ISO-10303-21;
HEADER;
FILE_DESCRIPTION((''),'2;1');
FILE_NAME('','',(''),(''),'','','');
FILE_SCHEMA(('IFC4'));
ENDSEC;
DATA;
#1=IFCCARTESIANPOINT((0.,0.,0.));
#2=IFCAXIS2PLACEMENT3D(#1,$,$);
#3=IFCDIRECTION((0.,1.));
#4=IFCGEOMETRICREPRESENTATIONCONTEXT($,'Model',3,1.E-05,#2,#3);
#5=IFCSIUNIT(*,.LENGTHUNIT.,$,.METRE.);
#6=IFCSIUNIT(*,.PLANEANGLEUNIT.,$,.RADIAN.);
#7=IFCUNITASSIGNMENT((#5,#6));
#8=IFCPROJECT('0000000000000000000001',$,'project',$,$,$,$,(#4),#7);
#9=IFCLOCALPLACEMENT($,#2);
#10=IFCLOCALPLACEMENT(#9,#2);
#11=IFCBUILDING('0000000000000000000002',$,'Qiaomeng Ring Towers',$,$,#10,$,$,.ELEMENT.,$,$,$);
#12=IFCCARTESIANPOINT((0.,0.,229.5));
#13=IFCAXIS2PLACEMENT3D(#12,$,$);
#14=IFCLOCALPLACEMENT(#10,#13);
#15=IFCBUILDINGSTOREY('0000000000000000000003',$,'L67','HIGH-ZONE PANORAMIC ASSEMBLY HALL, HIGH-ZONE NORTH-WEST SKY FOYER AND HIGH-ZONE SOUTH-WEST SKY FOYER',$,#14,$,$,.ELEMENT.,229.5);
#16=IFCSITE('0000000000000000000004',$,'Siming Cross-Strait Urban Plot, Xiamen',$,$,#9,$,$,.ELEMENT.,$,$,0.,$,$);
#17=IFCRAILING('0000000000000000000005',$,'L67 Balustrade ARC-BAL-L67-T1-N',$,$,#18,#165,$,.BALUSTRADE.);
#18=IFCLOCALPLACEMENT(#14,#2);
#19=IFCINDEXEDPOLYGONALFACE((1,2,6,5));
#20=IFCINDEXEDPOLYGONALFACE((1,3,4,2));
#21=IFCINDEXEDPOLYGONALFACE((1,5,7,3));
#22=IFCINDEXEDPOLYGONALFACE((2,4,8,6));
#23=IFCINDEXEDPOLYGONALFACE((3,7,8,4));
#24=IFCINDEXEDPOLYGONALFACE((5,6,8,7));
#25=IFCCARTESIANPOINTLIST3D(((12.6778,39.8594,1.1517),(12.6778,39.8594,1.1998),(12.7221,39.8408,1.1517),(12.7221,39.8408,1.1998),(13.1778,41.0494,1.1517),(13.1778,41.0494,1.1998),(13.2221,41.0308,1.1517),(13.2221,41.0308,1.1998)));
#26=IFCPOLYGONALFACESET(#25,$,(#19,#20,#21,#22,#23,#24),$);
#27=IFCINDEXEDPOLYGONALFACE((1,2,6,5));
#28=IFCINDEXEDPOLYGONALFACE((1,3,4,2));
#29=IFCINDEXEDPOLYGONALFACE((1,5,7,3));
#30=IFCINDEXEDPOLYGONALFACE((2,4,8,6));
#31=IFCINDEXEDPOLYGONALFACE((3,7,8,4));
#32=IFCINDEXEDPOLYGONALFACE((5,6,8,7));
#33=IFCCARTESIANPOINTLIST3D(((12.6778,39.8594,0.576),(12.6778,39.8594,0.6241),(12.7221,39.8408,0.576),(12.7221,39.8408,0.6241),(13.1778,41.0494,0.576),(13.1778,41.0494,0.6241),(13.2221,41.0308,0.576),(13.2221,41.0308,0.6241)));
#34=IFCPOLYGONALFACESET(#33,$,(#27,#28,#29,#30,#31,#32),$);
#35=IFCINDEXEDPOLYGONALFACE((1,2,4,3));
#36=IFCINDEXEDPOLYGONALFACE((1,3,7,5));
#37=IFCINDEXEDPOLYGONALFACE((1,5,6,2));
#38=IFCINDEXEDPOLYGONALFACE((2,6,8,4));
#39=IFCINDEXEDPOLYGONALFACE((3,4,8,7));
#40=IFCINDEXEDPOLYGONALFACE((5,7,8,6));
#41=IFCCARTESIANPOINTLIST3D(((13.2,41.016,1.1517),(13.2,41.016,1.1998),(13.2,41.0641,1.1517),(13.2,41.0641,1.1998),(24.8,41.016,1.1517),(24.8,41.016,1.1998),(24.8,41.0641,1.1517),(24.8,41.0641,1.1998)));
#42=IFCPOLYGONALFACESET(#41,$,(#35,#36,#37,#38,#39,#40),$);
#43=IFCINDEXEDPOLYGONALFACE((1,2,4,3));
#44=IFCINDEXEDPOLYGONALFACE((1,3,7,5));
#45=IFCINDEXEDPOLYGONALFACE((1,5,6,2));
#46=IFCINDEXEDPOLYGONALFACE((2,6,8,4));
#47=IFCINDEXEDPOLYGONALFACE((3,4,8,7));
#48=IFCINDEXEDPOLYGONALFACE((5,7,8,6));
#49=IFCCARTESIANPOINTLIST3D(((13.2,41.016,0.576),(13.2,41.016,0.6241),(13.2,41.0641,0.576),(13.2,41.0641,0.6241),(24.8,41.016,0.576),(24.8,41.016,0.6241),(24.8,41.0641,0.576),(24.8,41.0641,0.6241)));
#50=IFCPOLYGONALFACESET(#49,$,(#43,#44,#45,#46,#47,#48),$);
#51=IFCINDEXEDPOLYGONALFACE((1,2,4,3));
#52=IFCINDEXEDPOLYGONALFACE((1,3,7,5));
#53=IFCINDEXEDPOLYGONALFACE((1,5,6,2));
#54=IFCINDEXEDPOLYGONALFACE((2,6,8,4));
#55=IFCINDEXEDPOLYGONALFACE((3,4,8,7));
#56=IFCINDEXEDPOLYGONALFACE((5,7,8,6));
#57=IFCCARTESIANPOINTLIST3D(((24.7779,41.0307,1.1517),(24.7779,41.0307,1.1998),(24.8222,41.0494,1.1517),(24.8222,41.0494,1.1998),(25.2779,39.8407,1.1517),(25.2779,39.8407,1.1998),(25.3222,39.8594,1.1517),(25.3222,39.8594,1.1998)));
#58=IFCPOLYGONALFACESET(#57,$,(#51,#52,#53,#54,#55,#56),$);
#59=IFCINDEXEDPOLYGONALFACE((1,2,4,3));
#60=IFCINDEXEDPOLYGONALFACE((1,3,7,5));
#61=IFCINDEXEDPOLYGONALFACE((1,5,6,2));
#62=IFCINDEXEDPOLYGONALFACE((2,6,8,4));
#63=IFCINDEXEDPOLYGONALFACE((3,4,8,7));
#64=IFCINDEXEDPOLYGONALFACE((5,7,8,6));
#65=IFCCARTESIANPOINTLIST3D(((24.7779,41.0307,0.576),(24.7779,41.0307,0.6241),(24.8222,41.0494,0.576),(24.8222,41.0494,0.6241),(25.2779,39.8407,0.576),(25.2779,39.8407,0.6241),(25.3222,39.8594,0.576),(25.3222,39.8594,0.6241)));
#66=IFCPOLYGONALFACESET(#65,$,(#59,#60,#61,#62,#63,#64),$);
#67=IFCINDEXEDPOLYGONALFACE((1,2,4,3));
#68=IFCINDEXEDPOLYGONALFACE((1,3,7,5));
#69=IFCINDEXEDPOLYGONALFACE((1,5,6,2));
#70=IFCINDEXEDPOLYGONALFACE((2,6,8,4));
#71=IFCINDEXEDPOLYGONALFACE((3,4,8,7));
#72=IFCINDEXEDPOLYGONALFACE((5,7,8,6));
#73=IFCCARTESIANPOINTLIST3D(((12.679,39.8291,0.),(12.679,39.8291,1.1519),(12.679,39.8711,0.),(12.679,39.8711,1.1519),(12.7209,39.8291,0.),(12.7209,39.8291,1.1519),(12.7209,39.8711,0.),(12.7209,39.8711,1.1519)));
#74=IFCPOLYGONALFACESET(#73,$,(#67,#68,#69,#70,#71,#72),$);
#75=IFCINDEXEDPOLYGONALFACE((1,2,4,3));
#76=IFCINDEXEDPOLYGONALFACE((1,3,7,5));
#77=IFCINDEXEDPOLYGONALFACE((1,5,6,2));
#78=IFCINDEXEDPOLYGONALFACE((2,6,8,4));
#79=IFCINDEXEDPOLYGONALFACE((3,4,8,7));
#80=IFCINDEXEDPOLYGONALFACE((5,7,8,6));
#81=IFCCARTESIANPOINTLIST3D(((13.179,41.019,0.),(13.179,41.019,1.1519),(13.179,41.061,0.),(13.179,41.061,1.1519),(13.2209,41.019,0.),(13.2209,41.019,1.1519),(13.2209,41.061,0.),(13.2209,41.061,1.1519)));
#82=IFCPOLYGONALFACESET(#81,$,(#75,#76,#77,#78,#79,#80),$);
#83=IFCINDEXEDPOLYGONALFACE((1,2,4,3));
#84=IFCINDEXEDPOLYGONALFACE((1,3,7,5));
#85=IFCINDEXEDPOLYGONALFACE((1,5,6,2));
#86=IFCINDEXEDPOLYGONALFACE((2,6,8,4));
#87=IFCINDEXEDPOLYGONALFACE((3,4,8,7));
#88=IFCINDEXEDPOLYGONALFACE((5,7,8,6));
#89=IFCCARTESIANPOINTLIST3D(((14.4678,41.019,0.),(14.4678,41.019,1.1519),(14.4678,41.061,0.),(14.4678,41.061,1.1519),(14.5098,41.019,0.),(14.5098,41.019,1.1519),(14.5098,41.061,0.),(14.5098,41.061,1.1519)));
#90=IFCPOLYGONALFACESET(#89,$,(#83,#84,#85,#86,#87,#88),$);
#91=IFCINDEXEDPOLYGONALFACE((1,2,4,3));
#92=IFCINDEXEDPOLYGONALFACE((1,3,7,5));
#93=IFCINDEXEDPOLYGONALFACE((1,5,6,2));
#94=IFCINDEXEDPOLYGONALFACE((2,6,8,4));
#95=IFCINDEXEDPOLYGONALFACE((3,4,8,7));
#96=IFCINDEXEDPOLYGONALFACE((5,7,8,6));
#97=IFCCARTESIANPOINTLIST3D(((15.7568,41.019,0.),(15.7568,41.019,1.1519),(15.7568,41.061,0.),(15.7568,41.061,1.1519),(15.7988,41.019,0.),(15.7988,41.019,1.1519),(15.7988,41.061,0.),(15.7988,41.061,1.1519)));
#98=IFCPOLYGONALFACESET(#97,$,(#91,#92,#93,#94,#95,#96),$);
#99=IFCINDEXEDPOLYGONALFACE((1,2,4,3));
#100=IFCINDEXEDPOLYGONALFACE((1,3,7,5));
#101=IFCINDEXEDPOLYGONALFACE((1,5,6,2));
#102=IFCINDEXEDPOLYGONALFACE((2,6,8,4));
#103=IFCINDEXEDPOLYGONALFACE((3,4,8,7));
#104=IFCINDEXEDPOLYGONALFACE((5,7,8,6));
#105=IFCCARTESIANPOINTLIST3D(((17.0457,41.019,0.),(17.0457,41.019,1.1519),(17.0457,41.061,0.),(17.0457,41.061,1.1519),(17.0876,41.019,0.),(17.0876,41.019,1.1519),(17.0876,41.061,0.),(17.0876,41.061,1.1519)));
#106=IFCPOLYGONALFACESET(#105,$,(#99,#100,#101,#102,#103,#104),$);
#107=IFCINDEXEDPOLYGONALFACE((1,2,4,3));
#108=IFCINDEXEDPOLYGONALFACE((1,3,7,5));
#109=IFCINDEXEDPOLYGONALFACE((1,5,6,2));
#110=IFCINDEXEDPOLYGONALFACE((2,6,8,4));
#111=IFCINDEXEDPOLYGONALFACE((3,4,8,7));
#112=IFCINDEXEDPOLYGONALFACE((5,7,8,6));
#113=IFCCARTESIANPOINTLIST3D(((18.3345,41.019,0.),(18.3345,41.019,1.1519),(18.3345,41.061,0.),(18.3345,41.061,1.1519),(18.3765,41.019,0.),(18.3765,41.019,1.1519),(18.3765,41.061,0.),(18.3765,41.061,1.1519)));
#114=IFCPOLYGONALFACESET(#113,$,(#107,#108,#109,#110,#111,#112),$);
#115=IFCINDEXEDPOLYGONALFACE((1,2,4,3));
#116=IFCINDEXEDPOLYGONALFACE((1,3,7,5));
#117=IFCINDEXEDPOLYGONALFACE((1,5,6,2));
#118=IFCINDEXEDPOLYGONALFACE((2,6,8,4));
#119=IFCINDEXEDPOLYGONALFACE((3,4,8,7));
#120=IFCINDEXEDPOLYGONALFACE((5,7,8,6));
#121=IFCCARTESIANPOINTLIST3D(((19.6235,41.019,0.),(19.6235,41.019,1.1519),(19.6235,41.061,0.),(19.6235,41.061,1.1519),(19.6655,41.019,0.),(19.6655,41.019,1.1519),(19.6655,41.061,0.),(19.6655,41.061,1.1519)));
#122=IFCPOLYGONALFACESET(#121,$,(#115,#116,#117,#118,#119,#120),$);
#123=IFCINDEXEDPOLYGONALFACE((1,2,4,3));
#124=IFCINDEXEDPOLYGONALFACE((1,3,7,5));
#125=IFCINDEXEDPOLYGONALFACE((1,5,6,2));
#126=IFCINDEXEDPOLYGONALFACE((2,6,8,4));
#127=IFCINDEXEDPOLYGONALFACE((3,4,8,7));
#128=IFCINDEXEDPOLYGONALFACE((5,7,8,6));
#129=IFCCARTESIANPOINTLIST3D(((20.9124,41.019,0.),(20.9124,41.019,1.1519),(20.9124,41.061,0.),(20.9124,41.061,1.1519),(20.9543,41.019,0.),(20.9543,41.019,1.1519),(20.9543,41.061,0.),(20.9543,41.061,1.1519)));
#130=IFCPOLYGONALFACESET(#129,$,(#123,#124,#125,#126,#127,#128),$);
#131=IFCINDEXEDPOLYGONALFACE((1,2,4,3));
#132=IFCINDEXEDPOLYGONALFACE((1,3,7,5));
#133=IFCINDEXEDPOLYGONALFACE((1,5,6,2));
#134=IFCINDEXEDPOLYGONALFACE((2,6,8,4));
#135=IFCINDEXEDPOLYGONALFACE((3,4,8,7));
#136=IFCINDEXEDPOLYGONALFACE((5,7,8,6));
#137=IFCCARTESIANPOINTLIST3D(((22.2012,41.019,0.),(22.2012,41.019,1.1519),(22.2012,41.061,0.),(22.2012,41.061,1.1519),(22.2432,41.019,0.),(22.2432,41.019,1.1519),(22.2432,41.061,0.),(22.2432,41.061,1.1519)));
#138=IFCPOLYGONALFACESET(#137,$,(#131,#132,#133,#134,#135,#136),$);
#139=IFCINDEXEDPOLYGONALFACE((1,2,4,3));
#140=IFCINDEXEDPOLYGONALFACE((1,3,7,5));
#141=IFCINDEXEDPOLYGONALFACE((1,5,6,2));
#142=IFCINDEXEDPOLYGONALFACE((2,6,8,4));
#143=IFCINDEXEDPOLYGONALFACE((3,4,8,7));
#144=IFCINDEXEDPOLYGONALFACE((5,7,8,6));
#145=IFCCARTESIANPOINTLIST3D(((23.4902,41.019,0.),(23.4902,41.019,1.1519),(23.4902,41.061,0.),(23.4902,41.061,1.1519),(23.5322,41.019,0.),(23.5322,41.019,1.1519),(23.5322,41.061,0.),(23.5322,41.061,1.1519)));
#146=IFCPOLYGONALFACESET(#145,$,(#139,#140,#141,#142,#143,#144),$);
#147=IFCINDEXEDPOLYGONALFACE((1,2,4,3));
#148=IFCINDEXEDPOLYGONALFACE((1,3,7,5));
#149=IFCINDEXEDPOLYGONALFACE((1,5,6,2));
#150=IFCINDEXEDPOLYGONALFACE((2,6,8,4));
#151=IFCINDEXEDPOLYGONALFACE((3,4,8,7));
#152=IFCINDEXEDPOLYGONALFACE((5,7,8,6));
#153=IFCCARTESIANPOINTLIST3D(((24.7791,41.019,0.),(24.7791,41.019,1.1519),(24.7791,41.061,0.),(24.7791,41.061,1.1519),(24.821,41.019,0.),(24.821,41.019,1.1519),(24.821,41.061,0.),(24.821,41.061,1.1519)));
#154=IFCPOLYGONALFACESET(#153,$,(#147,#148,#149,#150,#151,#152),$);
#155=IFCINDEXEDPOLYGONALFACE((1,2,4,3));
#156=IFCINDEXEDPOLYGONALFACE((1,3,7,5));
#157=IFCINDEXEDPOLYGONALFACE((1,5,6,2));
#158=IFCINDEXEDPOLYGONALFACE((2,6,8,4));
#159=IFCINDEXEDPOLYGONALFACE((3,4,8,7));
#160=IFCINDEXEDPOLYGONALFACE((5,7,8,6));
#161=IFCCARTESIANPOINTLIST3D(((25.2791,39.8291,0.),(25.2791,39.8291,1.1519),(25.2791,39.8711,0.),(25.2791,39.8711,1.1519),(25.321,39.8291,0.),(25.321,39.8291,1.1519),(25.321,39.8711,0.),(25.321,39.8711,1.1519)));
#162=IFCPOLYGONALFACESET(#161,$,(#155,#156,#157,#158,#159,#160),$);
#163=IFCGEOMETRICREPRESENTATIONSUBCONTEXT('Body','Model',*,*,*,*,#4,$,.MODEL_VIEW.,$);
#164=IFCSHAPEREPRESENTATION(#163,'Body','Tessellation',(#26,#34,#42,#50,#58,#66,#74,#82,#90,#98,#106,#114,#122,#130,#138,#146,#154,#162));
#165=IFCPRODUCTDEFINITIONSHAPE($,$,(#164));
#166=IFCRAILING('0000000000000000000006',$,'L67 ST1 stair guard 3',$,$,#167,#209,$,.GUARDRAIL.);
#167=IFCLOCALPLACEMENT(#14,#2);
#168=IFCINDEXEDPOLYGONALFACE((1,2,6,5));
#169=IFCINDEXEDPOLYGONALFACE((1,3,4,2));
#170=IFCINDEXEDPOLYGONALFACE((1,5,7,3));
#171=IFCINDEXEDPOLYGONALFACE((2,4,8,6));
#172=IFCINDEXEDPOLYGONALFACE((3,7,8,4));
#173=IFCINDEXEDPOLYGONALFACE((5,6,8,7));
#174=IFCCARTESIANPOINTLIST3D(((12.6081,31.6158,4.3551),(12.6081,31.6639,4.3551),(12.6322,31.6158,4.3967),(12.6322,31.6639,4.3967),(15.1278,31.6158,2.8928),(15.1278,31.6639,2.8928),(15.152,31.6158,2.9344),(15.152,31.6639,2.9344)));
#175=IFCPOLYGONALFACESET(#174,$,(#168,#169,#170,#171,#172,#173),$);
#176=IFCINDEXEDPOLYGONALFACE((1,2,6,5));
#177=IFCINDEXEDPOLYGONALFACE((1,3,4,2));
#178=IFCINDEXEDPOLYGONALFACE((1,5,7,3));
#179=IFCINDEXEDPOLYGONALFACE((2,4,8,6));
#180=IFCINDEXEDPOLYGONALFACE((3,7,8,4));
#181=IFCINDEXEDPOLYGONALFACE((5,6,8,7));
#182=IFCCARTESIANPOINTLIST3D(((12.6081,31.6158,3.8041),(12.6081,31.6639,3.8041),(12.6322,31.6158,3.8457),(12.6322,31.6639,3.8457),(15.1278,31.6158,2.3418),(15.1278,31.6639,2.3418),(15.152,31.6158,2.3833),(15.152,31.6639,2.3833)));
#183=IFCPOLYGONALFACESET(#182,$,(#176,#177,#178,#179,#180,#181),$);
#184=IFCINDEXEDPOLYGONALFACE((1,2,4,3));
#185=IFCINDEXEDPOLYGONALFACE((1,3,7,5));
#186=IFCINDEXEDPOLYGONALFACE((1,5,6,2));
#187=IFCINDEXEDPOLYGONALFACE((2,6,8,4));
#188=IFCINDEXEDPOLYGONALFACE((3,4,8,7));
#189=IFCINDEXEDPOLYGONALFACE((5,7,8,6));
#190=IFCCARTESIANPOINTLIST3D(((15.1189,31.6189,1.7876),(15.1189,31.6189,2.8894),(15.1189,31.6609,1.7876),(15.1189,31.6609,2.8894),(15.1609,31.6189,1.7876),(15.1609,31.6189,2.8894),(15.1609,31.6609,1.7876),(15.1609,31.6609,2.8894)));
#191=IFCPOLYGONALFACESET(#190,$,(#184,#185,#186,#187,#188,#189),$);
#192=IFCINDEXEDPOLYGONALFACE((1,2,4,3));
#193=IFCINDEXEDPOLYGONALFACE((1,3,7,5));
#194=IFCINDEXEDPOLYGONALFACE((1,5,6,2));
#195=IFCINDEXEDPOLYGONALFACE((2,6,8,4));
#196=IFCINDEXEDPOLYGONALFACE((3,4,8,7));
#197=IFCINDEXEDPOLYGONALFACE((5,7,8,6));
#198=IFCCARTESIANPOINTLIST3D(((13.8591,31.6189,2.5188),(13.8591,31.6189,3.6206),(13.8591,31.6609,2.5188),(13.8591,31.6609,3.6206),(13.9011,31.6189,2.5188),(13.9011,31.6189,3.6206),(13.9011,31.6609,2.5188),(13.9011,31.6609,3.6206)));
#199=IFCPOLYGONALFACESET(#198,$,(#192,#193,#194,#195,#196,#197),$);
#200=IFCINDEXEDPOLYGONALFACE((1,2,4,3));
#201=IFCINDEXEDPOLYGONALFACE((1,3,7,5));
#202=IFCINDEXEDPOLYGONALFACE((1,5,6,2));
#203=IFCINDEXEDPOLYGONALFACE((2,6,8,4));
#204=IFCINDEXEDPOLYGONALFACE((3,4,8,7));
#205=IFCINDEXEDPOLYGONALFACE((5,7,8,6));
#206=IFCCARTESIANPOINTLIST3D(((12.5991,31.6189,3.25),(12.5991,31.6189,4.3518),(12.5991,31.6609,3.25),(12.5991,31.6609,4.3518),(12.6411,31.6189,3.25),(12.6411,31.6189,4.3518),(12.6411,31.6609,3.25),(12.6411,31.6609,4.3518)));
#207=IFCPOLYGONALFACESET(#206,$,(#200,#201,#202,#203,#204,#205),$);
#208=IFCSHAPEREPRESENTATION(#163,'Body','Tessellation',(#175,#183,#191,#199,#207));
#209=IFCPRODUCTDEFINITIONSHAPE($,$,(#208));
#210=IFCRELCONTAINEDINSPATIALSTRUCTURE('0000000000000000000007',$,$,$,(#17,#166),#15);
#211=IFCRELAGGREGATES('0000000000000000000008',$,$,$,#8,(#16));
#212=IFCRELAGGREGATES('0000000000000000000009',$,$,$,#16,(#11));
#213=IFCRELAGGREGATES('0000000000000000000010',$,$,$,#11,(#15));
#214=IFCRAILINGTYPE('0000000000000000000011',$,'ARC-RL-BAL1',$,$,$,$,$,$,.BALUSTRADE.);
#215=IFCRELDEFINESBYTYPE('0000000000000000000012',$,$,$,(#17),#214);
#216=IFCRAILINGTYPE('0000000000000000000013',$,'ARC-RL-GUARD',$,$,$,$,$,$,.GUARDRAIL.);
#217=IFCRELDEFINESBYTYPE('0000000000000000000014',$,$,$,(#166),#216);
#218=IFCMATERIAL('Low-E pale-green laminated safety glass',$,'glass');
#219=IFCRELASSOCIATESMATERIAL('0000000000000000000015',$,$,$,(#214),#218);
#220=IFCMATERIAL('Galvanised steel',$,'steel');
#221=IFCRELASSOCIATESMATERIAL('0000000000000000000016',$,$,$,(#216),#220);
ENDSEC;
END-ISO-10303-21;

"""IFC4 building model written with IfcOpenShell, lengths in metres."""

from ifc_helpers import new_model, si_unit, direction, frame, origin, origin_2d, place, context, subcontext, project, spatial, rectangle, extrude, material, type_object, element, save


model = new_model("IFC4")

# Units and contexts
model_context = context("Model", 3, precision=1e-05, world=origin(), true_north=direction((0.0, 1.0)))
body_context = subcontext(model_context, "Body", "Model", "MODEL_VIEW")
ifc_project = project(units=[si_unit("LENGTHUNIT", "METRE"), si_unit("PLANEANGLEUNIT", "RADIAN")], contexts=[model_context])

# Site, building, storey
site_placement = place(None, origin())
site = spatial("IfcSite", under=ifc_project, at=site_placement, Name="Siming Cross-Strait Urban Plot, Xiamen", CompositionType="ELEMENT", RefElevation=0.0)
building_placement = place(site_placement, origin())
building = spatial("IfcBuilding", under=site, at=building_placement, Name="Qiaomeng Ring Towers", CompositionType="ELEMENT")
storey_placement = place(building_placement, frame((0.0, 0.0, 229.5)))
storey = spatial("IfcBuildingStorey", under=building, at=storey_placement, Name="L67", Description="HIGH-ZONE PANORAMIC ASSEMBLY HALL, HIGH-ZONE NORTH-WEST SKY FOYER AND HIGH-ZONE SOUTH-WEST SKY FOYER", CompositionType="ELEMENT", Elevation=229.5)

# Shared definitions
ifc_material_1 = material(Name="Galvanised steel", Category="steel")

# Railings
ifc_material_2 = material(Name="Low-E pale-green laminated safety glass", Category="glass")
railing_type_1 = type_object("IfcRailingType", Name="ARC-RL-BAL1", PredefinedType="BALUSTRADE", material=ifc_material_2)
railing_1_placement = place(storey_placement, frame((12.7, 39.8501, 0.0)))
element("IfcRailing", 1, at=railing_1_placement, inside=storey, type_object=railing_type_1, Name="L67 Balustrade ARC-BAL-L67-T1-N", PredefinedType="BALUSTRADE", context=body_context, shape_type="SweptSolid", body=[
    extrude(rectangle(XDim=0.0481, YDim=0.0481, at=origin_2d()), frame((0.0, 0.0, 1.1758), z_axis=(0.38738, 0.92192, 0.0), x_axis=(-0.92192, 0.38738, 0.0)), (0.0, 0.0, 1.0), 1.2908),
    extrude(rectangle(XDim=0.0481, YDim=0.0481, at=origin_2d()), frame((0.0, 0.0, 0.6001), z_axis=(0.38738, 0.92192, 0.0), x_axis=(-0.92192, 0.38738, 0.0)), (0.0, 0.0, 1.0), 1.2908),
    extrude(rectangle(XDim=0.0481, YDim=0.0481, at=origin_2d()), frame((0.5, 1.1899, 1.1758), z_axis=(1.0, 0.0, 0.0), x_axis=(0.0, 1.0, 0.0)), (0.0, 0.0, 1.0), 11.6001),
    extrude(rectangle(XDim=0.0481, YDim=0.0481, at=origin_2d()), frame((0.5, 1.1899, 0.6001), z_axis=(1.0, 0.0, 0.0), x_axis=(0.0, 1.0, 0.0)), (0.0, 0.0, 1.0), 11.6001),
    extrude(rectangle(XDim=0.0481, YDim=0.0481, at=origin_2d()), frame((12.1001, 1.1899, 1.1758), z_axis=(0.38738, -0.92192, 0.0), x_axis=(0.92192, 0.38738, 0.0)), (0.0, 0.0, 1.0), 1.2908),
    extrude(rectangle(XDim=0.0481, YDim=0.0481, at=origin_2d()), frame((12.1001, 1.1899, 0.6001), z_axis=(0.38738, -0.92192, 0.0), x_axis=(0.92192, 0.38738, 0.0)), (0.0, 0.0, 1.0), 1.2908),
    extrude(rectangle(XDim=0.042, YDim=0.042, at=origin_2d()), origin(), (0.0, 0.0, 1.0), 1.1519),
    extrude(rectangle(XDim=0.042, YDim=0.042, at=origin_2d()), frame((0.5, 1.1899, 0.0)), (0.0, 0.0, 1.0), 1.1519),
    extrude(rectangle(XDim=0.042, YDim=0.042, at=origin_2d()), frame((1.7888, 1.1899, 0.0)), (0.0, 0.0, 1.0), 1.1519),
    extrude(rectangle(XDim=0.042, YDim=0.042, at=origin_2d()), frame((3.0779, 1.1899, 0.0)), (0.0, 0.0, 1.0), 1.1519),
    extrude(rectangle(XDim=0.042, YDim=0.042, at=origin_2d()), frame((4.3667, 1.1899, 0.0)), (0.0, 0.0, 1.0), 1.1519),
    extrude(rectangle(XDim=0.042, YDim=0.042, at=origin_2d()), frame((5.6555, 1.1899, 0.0)), (0.0, 0.0, 1.0), 1.1519),
    extrude(rectangle(XDim=0.042, YDim=0.042, at=origin_2d()), frame((6.9446, 1.1899, 0.0)), (0.0, 0.0, 1.0), 1.1519),
    extrude(rectangle(XDim=0.042, YDim=0.042, at=origin_2d()), frame((8.2334, 1.1899, 0.0)), (0.0, 0.0, 1.0), 1.1519),
    extrude(rectangle(XDim=0.042, YDim=0.042, at=origin_2d()), frame((9.5222, 1.1899, 0.0)), (0.0, 0.0, 1.0), 1.1519),
    extrude(rectangle(XDim=0.042, YDim=0.042, at=origin_2d()), frame((10.8113, 1.1899, 0.0)), (0.0, 0.0, 1.0), 1.1519),
    extrude(rectangle(XDim=0.042, YDim=0.042, at=origin_2d()), frame((12.1001, 1.1899, 0.0)), (0.0, 0.0, 1.0), 1.1519),
    extrude(rectangle(XDim=0.042, YDim=0.042, at=origin_2d()), frame((12.6001, 0.0, 0.0)), (0.0, 0.0, 1.0), 1.1519),
])
railing_type_2 = type_object("IfcRailingType", Name="ARC-RL-GUARD", PredefinedType="GUARDRAIL", material=ifc_material_1)
railing_2_placement = place(storey_placement, frame((15.1399, 31.6399, 1.7876)))
element("IfcRailing", 2, at=railing_2_placement, inside=storey, type_object=railing_type_2, Name="L67 ST1 stair guard 3", PredefinedType="GUARDRAIL", context=body_context, shape_type="SweptSolid", body=[
    extrude(rectangle(XDim=0.0481, YDim=0.0481, at=origin_2d()), frame((0.0, 0.0, 1.126), z_axis=(-0.864892, 0.0, 0.501958), x_axis=(0.0, -1.0, 0.0)), (0.0, 0.0, 1.0), 2.9133),
    extrude(rectangle(XDim=0.0481, YDim=0.0481, at=origin_2d()), frame((0.0, 0.0, 0.575), z_axis=(-0.864892, 0.0, 0.501958), x_axis=(0.0, -1.0, 0.0)), (0.0, 0.0, 1.0), 2.9133),
    extrude(rectangle(XDim=0.042, YDim=0.042, at=origin_2d()), origin(), (0.0, 0.0, 1.0), 1.1018),
    extrude(rectangle(XDim=0.042, YDim=0.042, at=origin_2d()), frame((-1.2598, 0.0, 0.7312)), (0.0, 0.0, 1.0), 1.1018),
    extrude(rectangle(XDim=0.042, YDim=0.042, at=origin_2d()), frame((-2.5198, 0.0, 1.4624)), (0.0, 0.0, 1.0), 1.1018),
])

save(model, "model.ifc")
